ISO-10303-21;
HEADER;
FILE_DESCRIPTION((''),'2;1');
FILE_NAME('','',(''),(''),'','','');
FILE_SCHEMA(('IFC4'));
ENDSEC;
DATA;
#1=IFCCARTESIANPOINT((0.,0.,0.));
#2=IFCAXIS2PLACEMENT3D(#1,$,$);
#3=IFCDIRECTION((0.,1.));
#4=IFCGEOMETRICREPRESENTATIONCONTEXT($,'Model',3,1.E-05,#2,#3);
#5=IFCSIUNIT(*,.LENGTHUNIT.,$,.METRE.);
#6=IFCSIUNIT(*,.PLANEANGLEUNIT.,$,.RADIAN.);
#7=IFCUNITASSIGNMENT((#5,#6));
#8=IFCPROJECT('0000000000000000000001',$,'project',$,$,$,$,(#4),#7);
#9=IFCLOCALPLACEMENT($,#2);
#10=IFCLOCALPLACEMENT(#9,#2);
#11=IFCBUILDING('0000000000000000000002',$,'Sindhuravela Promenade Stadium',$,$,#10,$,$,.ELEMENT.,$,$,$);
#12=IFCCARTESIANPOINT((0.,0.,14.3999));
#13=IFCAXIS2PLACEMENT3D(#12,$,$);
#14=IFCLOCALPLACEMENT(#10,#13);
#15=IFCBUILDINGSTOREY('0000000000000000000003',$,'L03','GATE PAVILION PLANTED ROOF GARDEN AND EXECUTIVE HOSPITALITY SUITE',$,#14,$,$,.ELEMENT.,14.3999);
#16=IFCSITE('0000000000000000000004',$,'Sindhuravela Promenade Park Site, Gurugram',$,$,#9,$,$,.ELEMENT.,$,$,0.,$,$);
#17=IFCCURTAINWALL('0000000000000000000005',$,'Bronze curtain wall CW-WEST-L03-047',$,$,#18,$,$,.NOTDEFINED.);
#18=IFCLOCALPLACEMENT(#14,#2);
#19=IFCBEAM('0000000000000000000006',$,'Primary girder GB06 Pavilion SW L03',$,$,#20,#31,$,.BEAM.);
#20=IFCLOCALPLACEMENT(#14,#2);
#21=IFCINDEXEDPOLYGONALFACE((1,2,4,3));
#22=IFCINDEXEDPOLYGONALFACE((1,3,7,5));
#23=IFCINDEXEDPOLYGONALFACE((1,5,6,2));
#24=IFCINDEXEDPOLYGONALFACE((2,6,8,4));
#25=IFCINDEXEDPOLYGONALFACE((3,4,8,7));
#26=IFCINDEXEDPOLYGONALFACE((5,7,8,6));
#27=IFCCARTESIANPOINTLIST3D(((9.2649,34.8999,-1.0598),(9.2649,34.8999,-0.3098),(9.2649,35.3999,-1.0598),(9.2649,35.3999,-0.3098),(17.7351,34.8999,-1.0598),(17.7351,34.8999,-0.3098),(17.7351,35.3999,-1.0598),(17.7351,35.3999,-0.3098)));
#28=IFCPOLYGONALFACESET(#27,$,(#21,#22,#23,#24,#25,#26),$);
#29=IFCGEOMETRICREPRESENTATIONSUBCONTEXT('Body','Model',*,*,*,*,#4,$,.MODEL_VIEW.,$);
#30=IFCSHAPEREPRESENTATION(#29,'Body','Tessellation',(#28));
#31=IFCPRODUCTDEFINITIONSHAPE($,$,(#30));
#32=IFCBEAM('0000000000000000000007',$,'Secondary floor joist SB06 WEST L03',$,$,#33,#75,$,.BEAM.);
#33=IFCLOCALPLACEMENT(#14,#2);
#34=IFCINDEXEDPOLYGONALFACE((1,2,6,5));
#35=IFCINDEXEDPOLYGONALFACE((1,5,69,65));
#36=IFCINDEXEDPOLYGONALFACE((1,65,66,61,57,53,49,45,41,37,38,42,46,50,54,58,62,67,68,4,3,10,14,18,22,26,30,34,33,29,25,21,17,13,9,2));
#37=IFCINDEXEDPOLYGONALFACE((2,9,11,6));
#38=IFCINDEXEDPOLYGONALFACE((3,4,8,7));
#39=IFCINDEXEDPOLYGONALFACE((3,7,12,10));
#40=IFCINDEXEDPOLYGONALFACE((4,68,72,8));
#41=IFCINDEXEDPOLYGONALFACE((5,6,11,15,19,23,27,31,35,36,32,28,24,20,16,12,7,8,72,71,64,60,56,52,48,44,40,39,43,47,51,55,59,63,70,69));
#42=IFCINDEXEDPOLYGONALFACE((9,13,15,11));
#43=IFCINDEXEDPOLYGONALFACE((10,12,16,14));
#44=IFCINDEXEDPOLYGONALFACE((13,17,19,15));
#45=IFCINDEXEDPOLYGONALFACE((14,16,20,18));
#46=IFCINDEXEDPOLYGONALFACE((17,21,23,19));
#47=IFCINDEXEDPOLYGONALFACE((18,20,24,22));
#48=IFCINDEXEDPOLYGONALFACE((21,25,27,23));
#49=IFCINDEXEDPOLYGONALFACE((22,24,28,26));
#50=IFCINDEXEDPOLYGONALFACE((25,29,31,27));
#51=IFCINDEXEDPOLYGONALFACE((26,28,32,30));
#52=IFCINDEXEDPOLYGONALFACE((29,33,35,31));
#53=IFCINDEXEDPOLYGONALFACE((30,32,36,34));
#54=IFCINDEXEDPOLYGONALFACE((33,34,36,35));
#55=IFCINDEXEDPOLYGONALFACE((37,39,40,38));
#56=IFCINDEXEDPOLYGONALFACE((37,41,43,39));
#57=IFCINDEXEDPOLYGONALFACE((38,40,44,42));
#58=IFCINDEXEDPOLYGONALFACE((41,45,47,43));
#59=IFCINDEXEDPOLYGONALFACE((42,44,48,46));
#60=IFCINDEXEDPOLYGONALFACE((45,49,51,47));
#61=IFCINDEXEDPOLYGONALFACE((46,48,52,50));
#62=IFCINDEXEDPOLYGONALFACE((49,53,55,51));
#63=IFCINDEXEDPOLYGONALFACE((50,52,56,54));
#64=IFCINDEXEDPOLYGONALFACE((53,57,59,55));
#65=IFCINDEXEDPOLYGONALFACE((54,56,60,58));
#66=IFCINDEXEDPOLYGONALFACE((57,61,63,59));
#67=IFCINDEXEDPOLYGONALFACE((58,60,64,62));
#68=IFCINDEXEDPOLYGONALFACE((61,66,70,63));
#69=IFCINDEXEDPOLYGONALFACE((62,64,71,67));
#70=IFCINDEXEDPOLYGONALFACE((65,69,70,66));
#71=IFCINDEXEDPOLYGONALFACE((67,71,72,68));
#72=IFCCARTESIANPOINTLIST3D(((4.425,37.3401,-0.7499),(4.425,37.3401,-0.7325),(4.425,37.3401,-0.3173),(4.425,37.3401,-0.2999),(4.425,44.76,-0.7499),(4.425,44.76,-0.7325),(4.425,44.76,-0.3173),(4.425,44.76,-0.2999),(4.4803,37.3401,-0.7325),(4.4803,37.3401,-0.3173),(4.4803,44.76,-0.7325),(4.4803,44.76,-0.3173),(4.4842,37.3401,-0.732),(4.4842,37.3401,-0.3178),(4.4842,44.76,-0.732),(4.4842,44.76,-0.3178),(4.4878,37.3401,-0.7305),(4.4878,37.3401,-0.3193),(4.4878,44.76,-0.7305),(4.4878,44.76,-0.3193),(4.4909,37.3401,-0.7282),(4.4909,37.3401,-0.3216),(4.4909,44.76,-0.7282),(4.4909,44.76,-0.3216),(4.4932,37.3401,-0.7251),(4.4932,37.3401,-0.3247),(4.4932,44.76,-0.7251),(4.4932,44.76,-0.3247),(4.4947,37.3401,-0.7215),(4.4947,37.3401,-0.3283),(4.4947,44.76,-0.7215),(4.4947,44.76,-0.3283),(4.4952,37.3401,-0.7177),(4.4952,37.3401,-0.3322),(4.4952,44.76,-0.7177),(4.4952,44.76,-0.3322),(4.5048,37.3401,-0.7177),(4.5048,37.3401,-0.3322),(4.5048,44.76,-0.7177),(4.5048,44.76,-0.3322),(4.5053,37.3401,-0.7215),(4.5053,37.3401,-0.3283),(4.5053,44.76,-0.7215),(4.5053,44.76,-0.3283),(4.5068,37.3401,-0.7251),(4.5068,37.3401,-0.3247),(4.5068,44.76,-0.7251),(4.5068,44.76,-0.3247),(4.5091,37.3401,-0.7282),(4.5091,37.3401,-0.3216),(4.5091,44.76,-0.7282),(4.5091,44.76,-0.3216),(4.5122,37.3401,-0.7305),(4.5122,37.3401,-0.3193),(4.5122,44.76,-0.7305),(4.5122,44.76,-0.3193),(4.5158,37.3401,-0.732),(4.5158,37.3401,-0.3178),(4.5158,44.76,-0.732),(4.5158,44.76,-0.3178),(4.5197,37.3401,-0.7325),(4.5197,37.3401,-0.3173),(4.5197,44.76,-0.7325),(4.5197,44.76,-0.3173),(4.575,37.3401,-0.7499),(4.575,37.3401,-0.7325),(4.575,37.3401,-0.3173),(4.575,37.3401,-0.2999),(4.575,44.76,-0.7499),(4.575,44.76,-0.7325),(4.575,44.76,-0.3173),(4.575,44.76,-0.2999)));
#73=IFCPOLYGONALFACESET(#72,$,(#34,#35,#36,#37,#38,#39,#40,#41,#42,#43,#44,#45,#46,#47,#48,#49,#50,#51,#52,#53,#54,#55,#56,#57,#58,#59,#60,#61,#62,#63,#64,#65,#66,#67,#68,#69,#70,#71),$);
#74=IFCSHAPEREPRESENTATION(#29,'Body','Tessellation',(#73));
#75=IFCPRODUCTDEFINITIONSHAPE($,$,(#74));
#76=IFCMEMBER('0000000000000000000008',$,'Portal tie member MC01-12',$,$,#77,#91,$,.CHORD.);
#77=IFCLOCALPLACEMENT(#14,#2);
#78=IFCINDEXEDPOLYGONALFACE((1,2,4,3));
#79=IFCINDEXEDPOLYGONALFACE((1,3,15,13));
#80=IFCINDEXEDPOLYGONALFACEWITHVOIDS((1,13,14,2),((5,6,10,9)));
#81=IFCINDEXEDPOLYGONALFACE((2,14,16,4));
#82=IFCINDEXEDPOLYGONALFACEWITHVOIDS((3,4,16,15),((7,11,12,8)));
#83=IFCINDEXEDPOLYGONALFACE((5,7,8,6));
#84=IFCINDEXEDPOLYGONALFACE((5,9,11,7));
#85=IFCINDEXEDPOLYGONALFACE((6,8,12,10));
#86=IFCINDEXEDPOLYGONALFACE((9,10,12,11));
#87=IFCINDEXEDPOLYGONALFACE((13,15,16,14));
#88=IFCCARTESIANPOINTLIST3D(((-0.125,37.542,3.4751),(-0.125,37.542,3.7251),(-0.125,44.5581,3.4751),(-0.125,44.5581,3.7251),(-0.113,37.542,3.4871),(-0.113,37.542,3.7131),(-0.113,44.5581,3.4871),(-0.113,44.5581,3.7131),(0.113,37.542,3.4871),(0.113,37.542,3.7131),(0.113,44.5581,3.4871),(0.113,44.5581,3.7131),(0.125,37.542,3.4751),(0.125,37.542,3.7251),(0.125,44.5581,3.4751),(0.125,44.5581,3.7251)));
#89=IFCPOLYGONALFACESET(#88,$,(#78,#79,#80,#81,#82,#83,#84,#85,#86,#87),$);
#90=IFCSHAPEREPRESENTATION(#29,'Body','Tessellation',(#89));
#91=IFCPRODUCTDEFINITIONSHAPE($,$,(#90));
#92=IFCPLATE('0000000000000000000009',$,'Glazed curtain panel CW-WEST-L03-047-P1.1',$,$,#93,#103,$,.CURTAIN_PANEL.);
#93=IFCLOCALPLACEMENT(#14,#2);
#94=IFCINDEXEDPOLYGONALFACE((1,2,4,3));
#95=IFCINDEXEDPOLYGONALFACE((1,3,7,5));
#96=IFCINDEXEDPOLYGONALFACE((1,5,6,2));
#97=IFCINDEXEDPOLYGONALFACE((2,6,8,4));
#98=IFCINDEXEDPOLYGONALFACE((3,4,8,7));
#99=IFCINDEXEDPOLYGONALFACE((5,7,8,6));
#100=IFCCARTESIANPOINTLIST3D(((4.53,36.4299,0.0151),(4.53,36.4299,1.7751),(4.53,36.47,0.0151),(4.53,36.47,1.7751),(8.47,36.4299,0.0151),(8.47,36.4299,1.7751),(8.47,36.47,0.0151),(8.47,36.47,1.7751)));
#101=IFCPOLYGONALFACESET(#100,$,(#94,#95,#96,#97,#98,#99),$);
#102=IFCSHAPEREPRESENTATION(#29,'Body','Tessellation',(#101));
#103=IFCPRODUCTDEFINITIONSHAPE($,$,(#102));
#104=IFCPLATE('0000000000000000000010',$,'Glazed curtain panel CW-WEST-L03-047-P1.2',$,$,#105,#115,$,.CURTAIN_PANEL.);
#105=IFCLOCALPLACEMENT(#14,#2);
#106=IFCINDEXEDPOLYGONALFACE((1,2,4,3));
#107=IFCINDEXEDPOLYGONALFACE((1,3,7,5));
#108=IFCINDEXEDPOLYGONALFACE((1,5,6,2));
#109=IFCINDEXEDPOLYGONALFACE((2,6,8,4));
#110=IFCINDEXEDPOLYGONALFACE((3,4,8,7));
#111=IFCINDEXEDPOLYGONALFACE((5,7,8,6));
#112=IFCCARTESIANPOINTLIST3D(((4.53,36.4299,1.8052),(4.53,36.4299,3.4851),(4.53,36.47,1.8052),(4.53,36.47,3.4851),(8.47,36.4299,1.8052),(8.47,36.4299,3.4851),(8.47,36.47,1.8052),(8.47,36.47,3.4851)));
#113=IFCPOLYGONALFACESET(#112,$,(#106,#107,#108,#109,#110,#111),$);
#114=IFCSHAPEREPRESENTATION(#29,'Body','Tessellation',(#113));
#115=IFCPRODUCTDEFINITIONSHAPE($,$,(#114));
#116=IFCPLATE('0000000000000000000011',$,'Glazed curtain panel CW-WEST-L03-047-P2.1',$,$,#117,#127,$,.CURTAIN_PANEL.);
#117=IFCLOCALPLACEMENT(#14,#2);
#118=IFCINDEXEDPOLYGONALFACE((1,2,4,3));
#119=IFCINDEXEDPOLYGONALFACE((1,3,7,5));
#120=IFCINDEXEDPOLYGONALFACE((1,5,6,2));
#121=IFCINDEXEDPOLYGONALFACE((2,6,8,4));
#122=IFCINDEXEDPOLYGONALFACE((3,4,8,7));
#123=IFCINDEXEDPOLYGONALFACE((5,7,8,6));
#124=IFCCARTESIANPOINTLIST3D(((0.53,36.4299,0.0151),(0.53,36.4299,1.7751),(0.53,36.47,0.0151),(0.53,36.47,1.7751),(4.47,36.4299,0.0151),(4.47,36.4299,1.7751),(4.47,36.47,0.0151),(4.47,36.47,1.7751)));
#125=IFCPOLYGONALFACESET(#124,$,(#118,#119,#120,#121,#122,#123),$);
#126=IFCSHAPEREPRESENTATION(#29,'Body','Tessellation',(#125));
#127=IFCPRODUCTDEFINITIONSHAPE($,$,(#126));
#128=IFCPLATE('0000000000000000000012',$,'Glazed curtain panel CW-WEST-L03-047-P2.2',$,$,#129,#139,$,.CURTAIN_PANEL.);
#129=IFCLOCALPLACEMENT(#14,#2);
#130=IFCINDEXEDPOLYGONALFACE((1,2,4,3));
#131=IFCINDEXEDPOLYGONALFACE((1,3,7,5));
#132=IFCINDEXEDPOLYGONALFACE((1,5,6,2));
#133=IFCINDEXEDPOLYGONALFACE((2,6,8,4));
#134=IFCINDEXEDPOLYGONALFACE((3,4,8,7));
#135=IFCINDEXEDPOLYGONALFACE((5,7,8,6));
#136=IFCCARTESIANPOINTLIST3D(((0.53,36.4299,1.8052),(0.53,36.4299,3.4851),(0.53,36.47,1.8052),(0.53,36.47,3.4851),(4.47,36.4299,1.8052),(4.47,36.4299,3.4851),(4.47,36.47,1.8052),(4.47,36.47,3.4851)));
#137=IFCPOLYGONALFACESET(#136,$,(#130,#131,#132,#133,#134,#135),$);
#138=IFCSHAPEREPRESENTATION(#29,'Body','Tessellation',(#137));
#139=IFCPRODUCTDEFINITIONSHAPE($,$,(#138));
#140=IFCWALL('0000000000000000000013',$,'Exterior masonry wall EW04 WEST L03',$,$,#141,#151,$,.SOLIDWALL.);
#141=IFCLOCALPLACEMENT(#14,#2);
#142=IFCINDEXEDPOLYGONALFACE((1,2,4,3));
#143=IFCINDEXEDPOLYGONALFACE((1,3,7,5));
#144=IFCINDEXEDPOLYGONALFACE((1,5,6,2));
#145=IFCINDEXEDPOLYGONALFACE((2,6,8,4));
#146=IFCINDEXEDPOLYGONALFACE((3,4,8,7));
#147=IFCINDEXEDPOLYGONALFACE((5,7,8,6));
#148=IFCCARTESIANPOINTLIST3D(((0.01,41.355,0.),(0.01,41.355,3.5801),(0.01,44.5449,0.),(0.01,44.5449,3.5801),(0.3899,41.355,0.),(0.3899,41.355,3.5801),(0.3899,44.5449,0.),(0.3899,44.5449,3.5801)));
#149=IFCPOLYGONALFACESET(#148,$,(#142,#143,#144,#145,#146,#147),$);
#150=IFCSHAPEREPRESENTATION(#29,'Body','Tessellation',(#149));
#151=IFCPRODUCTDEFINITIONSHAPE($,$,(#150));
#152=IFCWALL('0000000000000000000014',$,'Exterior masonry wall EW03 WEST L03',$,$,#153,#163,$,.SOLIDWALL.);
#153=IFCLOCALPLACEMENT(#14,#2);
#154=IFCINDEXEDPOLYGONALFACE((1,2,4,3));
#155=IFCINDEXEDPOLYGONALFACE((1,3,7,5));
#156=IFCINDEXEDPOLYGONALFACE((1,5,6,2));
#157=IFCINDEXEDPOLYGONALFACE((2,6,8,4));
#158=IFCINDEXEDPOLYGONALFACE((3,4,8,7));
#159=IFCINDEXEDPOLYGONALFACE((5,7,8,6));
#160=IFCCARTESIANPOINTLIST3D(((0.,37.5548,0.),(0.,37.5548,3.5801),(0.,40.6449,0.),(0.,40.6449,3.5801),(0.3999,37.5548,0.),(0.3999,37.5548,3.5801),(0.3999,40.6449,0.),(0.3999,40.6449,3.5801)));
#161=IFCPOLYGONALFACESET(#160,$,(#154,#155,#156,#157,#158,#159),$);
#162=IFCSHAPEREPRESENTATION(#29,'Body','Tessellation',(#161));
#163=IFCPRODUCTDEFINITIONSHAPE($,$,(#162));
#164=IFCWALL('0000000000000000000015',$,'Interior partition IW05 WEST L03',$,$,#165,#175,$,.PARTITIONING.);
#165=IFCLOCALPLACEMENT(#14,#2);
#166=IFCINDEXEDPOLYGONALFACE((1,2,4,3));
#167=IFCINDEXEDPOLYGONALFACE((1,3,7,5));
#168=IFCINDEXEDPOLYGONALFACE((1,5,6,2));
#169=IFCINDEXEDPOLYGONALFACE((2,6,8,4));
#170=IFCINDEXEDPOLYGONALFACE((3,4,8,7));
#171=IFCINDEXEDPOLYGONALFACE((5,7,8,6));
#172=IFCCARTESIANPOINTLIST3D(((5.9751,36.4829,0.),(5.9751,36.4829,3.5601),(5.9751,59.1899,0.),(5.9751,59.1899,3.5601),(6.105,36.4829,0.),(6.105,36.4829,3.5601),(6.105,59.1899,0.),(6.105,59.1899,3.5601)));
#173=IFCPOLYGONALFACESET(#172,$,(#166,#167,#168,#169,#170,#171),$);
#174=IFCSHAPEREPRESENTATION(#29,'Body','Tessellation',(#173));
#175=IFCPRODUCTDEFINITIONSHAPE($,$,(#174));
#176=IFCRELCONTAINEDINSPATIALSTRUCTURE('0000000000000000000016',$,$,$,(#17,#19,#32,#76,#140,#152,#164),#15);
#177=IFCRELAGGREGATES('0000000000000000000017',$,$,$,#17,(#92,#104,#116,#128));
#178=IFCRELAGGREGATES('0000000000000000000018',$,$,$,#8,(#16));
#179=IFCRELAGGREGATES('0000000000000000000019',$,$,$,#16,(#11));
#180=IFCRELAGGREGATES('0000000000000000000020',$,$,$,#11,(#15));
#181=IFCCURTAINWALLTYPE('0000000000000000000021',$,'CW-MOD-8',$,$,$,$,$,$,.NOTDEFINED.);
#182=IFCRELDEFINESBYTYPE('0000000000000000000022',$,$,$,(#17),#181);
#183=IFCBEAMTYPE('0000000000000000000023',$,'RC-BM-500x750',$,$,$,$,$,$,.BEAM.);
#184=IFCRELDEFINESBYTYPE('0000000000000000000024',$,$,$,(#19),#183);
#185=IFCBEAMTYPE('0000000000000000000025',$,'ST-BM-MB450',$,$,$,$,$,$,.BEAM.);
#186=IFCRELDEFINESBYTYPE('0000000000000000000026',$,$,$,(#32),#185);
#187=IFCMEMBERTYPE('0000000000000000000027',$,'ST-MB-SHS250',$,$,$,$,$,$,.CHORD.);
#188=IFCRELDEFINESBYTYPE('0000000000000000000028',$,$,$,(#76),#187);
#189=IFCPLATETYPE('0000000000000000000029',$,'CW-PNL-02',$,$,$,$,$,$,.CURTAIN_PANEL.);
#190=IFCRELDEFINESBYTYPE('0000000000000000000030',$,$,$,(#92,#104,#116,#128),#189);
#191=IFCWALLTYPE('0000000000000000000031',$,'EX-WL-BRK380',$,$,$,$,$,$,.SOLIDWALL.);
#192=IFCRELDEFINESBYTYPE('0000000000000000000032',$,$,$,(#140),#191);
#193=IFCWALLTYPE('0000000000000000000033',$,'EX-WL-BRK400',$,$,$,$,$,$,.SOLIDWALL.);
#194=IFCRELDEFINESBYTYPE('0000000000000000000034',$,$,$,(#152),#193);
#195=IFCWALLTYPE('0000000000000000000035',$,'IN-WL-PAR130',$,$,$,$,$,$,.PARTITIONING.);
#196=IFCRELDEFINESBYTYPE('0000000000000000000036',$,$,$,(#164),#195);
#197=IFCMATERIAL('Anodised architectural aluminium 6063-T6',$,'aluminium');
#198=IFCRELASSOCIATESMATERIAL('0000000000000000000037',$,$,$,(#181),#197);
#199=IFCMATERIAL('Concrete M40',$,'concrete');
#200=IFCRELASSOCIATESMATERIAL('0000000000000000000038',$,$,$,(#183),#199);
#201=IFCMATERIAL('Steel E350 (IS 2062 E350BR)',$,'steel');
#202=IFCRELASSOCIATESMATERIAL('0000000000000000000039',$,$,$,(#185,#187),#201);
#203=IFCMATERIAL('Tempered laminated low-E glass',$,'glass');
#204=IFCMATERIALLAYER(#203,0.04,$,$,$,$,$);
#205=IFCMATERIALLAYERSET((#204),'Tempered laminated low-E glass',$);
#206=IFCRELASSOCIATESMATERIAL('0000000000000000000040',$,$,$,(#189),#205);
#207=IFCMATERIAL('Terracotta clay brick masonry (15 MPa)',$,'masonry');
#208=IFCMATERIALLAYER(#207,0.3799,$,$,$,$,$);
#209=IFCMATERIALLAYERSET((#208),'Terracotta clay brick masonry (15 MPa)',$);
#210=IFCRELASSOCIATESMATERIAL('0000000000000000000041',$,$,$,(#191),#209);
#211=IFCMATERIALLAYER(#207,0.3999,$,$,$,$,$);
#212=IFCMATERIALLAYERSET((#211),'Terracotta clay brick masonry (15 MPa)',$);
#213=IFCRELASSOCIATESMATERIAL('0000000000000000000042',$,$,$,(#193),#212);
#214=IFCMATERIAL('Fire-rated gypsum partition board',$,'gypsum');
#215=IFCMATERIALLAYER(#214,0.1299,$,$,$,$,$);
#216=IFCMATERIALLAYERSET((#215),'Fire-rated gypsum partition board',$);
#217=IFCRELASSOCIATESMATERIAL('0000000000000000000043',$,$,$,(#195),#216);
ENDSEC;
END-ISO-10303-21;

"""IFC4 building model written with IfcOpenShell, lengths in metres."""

from ifc_helpers import new_model, si_unit, direction, frame, frame_2d, origin, origin_2d, place, context, subcontext, project, spatial, rectangle, hollow_rectangle, i_section, extrude, material, layer, layer_set, material_profile, profile_set, type_object, element, aggregate, save


model = new_model("IFC4")

# Units and contexts
model_context = context("Model", 3, precision=1e-05, world=origin(), true_north=direction((0.0, 1.0)))
body_context = subcontext(model_context, "Body", "Model", "MODEL_VIEW")
ifc_project = project(units=[si_unit("LENGTHUNIT", "METRE"), si_unit("PLANEANGLEUNIT", "RADIAN")], contexts=[model_context])

# Site, building, storey
site_placement = place(None, origin())
site = spatial("IfcSite", under=ifc_project, at=site_placement, Name="Sindhuravela Promenade Park Site, Gurugram", CompositionType="ELEMENT", RefElevation=0.0)
building_placement = place(site_placement, origin())
building = spatial("IfcBuilding", under=site, at=building_placement, Name="Sindhuravela Promenade Stadium", CompositionType="ELEMENT")
storey_placement = place(building_placement, frame((0.0, 0.0, 14.3999)))
storey = spatial("IfcBuildingStorey", under=building, at=storey_placement, Name="L03", Description="GATE PAVILION PLANTED ROOF GARDEN AND EXECUTIVE HOSPITALITY SUITE", CompositionType="ELEMENT", Elevation=14.3999)

# Shared definitions
ifc_material_1 = material(Name="Concrete M40", Category="concrete")

# Curtain wall
ifc_material_2 = material(Name="Anodised architectural aluminium 6063-T6", Category="aluminium")
curtain_wall_type = type_object("IfcCurtainWallType", Name="CW-MOD-8", PredefinedType="NOTDEFINED", material=ifc_material_2)
curtain_wall_placement = place(storey_placement, origin())
curtain_wall = element("IfcCurtainWall", 1, at=curtain_wall_placement, inside=storey, type_object=curtain_wall_type, Name="Bronze curtain wall CW-WEST-L03-047", PredefinedType="NOTDEFINED")

# Beams
ifc_material_profile_1 = material_profile(ifc_material_1, rectangle(XDim=0.5, YDim=0.75, at=origin_2d()), Name="RC 500x750")
ifc_profile_set_1 = profile_set([ifc_material_profile_1], Name="Concrete M40")
beam_type_1 = type_object("IfcBeamType", Name="RC-BM-500x750", PredefinedType="BEAM", material=ifc_profile_set_1)
for number, where, z_axis, x_axis, name in (
    (2, (9.2649, 35.1499, -0.6848), (1.0, 0.0, 0.0), (0.0, 1.0, 0.0), "Primary girder GB06 Pavilion SW L03"),
):
    element("IfcBeam", number, at=place(storey_placement, frame(where, z_axis=z_axis, x_axis=x_axis)), inside=storey, type_object=beam_type_1, Name=name, PredefinedType="BEAM", context=body_context, shape_type="SweptSolid", body=[
        extrude(rectangle(XDim=0.5, YDim=0.75, at=origin_2d()), origin(), (0.0, 0.0, 1.0), 8.4702),
    ])
ifc_material_3 = material(Name="Steel E350 (IS 2062 E350BR)", Category="steel")
ifc_material_profile_2 = material_profile(ifc_material_3, i_section(OverallWidth=0.1499, OverallDepth=0.45, WebThickness=0.0095, FlangeThickness=0.0173, FilletRadius=0.0149, at=origin_2d()), Name="ISMB 450")
ifc_profile_set_2 = profile_set([ifc_material_profile_2], Name="Steel E350 (IS 2062 E350BR)")
beam_type_2 = type_object("IfcBeamType", Name="ST-BM-MB450", PredefinedType="BEAM", material=ifc_profile_set_2)
beam_1_placement = place(storey_placement, frame((4.5, 37.3401, -0.5249), z_axis=(0.0, 1.0, 0.0), x_axis=(-1.0, 0.0, 0.0)))
element("IfcBeam", 3, at=beam_1_placement, inside=storey, type_object=beam_type_2, Name="Secondary floor joist SB06 WEST L03", PredefinedType="BEAM", context=body_context, shape_type="SweptSolid", body=[
    extrude(i_section(OverallWidth=0.1499, OverallDepth=0.45, WebThickness=0.0095, FlangeThickness=0.0173, FilletRadius=0.0149, at=origin_2d()), origin(), (0.0, 0.0, 1.0), 7.4199),
])

# Member
ifc_material_profile_3 = material_profile(ifc_material_3, hollow_rectangle(XDim=0.25, YDim=0.25, WallThickness=0.012, at=origin_2d()), Name="SHS 250x250x12")
ifc_profile_set_3 = profile_set([ifc_material_profile_3], Name="Steel E350 (IS 2062 E350BR)")
member_type_1 = type_object("IfcMemberType", Name="ST-MB-SHS250", PredefinedType="CHORD", material=ifc_profile_set_3)
member_1_placement = place(storey_placement, frame((0.0, 37.542, 3.6001), z_axis=(0.0, 1.0, 0.0), x_axis=(-1.0, 0.0, 0.0)))
element("IfcMember", 4, at=member_1_placement, inside=storey, type_object=member_type_1, Name="Portal tie member MC01-12", PredefinedType="CHORD", context=body_context, shape_type="SweptSolid", body=[
    extrude(hollow_rectangle(XDim=0.25, YDim=0.25, WallThickness=0.012, at=origin_2d()), origin(), (0.0, 0.0, 1.0), 7.0161),
])

# Plates
ifc_material_4 = material(Name="Tempered laminated low-E glass", Category="glass")
ifc_layer_1 = layer(ifc_material_4, 0.04)
ifc_layer_set_1 = layer_set([ifc_layer_1], Name="Tempered laminated low-E glass")
plate_type = type_object("IfcPlateType", Name="CW-PNL-02", PredefinedType="CURTAIN_PANEL", material=ifc_layer_set_1)
plate_1_placement = place(storey_placement, frame((6.5, 36.45, 0.0151), z_axis=(0.0, 0.0, 1.0), x_axis=(-1.0, 0.0, 0.0)))
plate_1 = element("IfcPlate", 5, at=plate_1_placement, type_object=plate_type, Name="Glazed curtain panel CW-WEST-L03-047-P1.1", PredefinedType="CURTAIN_PANEL", context=body_context, shape_type="SweptSolid", body=[
    extrude(rectangle(XDim=3.9399, YDim=0.04, at=origin_2d()), origin(), (0.0, 0.0, 1.0), 1.76),
])
plate_2_placement = place(storey_placement, frame((6.5, 36.45, 1.8052), z_axis=(0.0, 0.0, 1.0), x_axis=(-1.0, 0.0, 0.0)))
plate_2 = element("IfcPlate", 6, at=plate_2_placement, type_object=plate_type, Name="Glazed curtain panel CW-WEST-L03-047-P1.2", PredefinedType="CURTAIN_PANEL", context=body_context, shape_type="SweptSolid", body=[
    extrude(rectangle(XDim=3.9399, YDim=0.04, at=origin_2d()), origin(), (0.0, 0.0, 1.0), 1.6799),
])
plate_3_placement = place(storey_placement, frame((2.5, 36.45, 0.0151), z_axis=(0.0, 0.0, 1.0), x_axis=(-1.0, 0.0, 0.0)))
plate_3 = element("IfcPlate", 7, at=plate_3_placement, type_object=plate_type, Name="Glazed curtain panel CW-WEST-L03-047-P2.1", PredefinedType="CURTAIN_PANEL", context=body_context, shape_type="SweptSolid", body=[
    extrude(rectangle(XDim=3.9399, YDim=0.04, at=origin_2d()), origin(), (0.0, 0.0, 1.0), 1.76),
])
plate_4_placement = place(storey_placement, frame((2.5, 36.45, 1.8052), z_axis=(0.0, 0.0, 1.0), x_axis=(-1.0, 0.0, 0.0)))
plate_4 = element("IfcPlate", 8, at=plate_4_placement, type_object=plate_type, Name="Glazed curtain panel CW-WEST-L03-047-P2.2", PredefinedType="CURTAIN_PANEL", context=body_context, shape_type="SweptSolid", body=[
    extrude(rectangle(XDim=3.9399, YDim=0.04, at=origin_2d()), origin(), (0.0, 0.0, 1.0), 1.6799),
])
aggregate(curtain_wall, [plate_1, plate_2, plate_3, plate_4])

# Walls
ifc_material_5 = material(Name="Terracotta clay brick masonry (15 MPa)", Category="masonry")
ifc_layer_2 = layer(ifc_material_5, 0.3799)
ifc_layer_set_2 = layer_set([ifc_layer_2], Name="Terracotta clay brick masonry (15 MPa)")
wall_type_1 = type_object("IfcWallType", Name="EX-WL-BRK380", PredefinedType="SOLIDWALL", material=ifc_layer_set_2)
wall_1_placement = place(storey_placement, frame((0.2, 41.355, 0.0), z_axis=(0.0, 0.0, 1.0), x_axis=(0.0, 1.0, 0.0)))
element("IfcWall", 9, at=wall_1_placement, inside=storey, type_object=wall_type_1, Name="Exterior masonry wall EW04 WEST L03", PredefinedType="SOLIDWALL", context=body_context, shape_type="SweptSolid", body=[
    extrude(rectangle(XDim=3.1899, YDim=0.3799, at=frame_2d((1.595, 0.0))), origin(), (0.0, 0.0, 1.0), 3.5801),
])
ifc_layer_3 = layer(ifc_material_5, 0.3999)
ifc_layer_set_3 = layer_set([ifc_layer_3], Name="Terracotta clay brick masonry (15 MPa)")
wall_type_2 = type_object("IfcWallType", Name="EX-WL-BRK400", PredefinedType="SOLIDWALL", material=ifc_layer_set_3)
wall_2_placement = place(storey_placement, frame((0.2, 37.5549, 0.0), z_axis=(0.0, 0.0, 1.0), x_axis=(0.0, 1.0, 0.0)))
element("IfcWall", 10, at=wall_2_placement, inside=storey, type_object=wall_type_2, Name="Exterior masonry wall EW03 WEST L03", PredefinedType="SOLIDWALL", context=body_context, shape_type="SweptSolid", body=[
    extrude(rectangle(XDim=3.0901, YDim=0.3999, at=frame_2d((1.5449, 0.0))), origin(), (0.0, 0.0, 1.0), 3.5801),
])
ifc_material_6 = material(Name="Fire-rated gypsum partition board", Category="gypsum")
ifc_layer_4 = layer(ifc_material_6, 0.1299)
ifc_layer_set_4 = layer_set([ifc_layer_4], Name="Fire-rated gypsum partition board")
wall_type_3 = type_object("IfcWallType", Name="IN-WL-PAR130", PredefinedType="PARTITIONING", material=ifc_layer_set_4)
wall_3_placement = place(storey_placement, frame((6.04, 36.4829, 0.0), z_axis=(0.0, 0.0, 1.0), x_axis=(0.0, 1.0, 0.0)))
element("IfcWall", 11, at=wall_3_placement, inside=storey, type_object=wall_type_3, Name="Interior partition IW05 WEST L03", PredefinedType="PARTITIONING", context=body_context, shape_type="SweptSolid", body=[
    extrude(rectangle(XDim=22.707, YDim=0.1299, at=frame_2d((11.3535, 0.0))), origin(), (0.0, 0.0, 1.0), 3.5601),
])

save(model, "model.ifc")
